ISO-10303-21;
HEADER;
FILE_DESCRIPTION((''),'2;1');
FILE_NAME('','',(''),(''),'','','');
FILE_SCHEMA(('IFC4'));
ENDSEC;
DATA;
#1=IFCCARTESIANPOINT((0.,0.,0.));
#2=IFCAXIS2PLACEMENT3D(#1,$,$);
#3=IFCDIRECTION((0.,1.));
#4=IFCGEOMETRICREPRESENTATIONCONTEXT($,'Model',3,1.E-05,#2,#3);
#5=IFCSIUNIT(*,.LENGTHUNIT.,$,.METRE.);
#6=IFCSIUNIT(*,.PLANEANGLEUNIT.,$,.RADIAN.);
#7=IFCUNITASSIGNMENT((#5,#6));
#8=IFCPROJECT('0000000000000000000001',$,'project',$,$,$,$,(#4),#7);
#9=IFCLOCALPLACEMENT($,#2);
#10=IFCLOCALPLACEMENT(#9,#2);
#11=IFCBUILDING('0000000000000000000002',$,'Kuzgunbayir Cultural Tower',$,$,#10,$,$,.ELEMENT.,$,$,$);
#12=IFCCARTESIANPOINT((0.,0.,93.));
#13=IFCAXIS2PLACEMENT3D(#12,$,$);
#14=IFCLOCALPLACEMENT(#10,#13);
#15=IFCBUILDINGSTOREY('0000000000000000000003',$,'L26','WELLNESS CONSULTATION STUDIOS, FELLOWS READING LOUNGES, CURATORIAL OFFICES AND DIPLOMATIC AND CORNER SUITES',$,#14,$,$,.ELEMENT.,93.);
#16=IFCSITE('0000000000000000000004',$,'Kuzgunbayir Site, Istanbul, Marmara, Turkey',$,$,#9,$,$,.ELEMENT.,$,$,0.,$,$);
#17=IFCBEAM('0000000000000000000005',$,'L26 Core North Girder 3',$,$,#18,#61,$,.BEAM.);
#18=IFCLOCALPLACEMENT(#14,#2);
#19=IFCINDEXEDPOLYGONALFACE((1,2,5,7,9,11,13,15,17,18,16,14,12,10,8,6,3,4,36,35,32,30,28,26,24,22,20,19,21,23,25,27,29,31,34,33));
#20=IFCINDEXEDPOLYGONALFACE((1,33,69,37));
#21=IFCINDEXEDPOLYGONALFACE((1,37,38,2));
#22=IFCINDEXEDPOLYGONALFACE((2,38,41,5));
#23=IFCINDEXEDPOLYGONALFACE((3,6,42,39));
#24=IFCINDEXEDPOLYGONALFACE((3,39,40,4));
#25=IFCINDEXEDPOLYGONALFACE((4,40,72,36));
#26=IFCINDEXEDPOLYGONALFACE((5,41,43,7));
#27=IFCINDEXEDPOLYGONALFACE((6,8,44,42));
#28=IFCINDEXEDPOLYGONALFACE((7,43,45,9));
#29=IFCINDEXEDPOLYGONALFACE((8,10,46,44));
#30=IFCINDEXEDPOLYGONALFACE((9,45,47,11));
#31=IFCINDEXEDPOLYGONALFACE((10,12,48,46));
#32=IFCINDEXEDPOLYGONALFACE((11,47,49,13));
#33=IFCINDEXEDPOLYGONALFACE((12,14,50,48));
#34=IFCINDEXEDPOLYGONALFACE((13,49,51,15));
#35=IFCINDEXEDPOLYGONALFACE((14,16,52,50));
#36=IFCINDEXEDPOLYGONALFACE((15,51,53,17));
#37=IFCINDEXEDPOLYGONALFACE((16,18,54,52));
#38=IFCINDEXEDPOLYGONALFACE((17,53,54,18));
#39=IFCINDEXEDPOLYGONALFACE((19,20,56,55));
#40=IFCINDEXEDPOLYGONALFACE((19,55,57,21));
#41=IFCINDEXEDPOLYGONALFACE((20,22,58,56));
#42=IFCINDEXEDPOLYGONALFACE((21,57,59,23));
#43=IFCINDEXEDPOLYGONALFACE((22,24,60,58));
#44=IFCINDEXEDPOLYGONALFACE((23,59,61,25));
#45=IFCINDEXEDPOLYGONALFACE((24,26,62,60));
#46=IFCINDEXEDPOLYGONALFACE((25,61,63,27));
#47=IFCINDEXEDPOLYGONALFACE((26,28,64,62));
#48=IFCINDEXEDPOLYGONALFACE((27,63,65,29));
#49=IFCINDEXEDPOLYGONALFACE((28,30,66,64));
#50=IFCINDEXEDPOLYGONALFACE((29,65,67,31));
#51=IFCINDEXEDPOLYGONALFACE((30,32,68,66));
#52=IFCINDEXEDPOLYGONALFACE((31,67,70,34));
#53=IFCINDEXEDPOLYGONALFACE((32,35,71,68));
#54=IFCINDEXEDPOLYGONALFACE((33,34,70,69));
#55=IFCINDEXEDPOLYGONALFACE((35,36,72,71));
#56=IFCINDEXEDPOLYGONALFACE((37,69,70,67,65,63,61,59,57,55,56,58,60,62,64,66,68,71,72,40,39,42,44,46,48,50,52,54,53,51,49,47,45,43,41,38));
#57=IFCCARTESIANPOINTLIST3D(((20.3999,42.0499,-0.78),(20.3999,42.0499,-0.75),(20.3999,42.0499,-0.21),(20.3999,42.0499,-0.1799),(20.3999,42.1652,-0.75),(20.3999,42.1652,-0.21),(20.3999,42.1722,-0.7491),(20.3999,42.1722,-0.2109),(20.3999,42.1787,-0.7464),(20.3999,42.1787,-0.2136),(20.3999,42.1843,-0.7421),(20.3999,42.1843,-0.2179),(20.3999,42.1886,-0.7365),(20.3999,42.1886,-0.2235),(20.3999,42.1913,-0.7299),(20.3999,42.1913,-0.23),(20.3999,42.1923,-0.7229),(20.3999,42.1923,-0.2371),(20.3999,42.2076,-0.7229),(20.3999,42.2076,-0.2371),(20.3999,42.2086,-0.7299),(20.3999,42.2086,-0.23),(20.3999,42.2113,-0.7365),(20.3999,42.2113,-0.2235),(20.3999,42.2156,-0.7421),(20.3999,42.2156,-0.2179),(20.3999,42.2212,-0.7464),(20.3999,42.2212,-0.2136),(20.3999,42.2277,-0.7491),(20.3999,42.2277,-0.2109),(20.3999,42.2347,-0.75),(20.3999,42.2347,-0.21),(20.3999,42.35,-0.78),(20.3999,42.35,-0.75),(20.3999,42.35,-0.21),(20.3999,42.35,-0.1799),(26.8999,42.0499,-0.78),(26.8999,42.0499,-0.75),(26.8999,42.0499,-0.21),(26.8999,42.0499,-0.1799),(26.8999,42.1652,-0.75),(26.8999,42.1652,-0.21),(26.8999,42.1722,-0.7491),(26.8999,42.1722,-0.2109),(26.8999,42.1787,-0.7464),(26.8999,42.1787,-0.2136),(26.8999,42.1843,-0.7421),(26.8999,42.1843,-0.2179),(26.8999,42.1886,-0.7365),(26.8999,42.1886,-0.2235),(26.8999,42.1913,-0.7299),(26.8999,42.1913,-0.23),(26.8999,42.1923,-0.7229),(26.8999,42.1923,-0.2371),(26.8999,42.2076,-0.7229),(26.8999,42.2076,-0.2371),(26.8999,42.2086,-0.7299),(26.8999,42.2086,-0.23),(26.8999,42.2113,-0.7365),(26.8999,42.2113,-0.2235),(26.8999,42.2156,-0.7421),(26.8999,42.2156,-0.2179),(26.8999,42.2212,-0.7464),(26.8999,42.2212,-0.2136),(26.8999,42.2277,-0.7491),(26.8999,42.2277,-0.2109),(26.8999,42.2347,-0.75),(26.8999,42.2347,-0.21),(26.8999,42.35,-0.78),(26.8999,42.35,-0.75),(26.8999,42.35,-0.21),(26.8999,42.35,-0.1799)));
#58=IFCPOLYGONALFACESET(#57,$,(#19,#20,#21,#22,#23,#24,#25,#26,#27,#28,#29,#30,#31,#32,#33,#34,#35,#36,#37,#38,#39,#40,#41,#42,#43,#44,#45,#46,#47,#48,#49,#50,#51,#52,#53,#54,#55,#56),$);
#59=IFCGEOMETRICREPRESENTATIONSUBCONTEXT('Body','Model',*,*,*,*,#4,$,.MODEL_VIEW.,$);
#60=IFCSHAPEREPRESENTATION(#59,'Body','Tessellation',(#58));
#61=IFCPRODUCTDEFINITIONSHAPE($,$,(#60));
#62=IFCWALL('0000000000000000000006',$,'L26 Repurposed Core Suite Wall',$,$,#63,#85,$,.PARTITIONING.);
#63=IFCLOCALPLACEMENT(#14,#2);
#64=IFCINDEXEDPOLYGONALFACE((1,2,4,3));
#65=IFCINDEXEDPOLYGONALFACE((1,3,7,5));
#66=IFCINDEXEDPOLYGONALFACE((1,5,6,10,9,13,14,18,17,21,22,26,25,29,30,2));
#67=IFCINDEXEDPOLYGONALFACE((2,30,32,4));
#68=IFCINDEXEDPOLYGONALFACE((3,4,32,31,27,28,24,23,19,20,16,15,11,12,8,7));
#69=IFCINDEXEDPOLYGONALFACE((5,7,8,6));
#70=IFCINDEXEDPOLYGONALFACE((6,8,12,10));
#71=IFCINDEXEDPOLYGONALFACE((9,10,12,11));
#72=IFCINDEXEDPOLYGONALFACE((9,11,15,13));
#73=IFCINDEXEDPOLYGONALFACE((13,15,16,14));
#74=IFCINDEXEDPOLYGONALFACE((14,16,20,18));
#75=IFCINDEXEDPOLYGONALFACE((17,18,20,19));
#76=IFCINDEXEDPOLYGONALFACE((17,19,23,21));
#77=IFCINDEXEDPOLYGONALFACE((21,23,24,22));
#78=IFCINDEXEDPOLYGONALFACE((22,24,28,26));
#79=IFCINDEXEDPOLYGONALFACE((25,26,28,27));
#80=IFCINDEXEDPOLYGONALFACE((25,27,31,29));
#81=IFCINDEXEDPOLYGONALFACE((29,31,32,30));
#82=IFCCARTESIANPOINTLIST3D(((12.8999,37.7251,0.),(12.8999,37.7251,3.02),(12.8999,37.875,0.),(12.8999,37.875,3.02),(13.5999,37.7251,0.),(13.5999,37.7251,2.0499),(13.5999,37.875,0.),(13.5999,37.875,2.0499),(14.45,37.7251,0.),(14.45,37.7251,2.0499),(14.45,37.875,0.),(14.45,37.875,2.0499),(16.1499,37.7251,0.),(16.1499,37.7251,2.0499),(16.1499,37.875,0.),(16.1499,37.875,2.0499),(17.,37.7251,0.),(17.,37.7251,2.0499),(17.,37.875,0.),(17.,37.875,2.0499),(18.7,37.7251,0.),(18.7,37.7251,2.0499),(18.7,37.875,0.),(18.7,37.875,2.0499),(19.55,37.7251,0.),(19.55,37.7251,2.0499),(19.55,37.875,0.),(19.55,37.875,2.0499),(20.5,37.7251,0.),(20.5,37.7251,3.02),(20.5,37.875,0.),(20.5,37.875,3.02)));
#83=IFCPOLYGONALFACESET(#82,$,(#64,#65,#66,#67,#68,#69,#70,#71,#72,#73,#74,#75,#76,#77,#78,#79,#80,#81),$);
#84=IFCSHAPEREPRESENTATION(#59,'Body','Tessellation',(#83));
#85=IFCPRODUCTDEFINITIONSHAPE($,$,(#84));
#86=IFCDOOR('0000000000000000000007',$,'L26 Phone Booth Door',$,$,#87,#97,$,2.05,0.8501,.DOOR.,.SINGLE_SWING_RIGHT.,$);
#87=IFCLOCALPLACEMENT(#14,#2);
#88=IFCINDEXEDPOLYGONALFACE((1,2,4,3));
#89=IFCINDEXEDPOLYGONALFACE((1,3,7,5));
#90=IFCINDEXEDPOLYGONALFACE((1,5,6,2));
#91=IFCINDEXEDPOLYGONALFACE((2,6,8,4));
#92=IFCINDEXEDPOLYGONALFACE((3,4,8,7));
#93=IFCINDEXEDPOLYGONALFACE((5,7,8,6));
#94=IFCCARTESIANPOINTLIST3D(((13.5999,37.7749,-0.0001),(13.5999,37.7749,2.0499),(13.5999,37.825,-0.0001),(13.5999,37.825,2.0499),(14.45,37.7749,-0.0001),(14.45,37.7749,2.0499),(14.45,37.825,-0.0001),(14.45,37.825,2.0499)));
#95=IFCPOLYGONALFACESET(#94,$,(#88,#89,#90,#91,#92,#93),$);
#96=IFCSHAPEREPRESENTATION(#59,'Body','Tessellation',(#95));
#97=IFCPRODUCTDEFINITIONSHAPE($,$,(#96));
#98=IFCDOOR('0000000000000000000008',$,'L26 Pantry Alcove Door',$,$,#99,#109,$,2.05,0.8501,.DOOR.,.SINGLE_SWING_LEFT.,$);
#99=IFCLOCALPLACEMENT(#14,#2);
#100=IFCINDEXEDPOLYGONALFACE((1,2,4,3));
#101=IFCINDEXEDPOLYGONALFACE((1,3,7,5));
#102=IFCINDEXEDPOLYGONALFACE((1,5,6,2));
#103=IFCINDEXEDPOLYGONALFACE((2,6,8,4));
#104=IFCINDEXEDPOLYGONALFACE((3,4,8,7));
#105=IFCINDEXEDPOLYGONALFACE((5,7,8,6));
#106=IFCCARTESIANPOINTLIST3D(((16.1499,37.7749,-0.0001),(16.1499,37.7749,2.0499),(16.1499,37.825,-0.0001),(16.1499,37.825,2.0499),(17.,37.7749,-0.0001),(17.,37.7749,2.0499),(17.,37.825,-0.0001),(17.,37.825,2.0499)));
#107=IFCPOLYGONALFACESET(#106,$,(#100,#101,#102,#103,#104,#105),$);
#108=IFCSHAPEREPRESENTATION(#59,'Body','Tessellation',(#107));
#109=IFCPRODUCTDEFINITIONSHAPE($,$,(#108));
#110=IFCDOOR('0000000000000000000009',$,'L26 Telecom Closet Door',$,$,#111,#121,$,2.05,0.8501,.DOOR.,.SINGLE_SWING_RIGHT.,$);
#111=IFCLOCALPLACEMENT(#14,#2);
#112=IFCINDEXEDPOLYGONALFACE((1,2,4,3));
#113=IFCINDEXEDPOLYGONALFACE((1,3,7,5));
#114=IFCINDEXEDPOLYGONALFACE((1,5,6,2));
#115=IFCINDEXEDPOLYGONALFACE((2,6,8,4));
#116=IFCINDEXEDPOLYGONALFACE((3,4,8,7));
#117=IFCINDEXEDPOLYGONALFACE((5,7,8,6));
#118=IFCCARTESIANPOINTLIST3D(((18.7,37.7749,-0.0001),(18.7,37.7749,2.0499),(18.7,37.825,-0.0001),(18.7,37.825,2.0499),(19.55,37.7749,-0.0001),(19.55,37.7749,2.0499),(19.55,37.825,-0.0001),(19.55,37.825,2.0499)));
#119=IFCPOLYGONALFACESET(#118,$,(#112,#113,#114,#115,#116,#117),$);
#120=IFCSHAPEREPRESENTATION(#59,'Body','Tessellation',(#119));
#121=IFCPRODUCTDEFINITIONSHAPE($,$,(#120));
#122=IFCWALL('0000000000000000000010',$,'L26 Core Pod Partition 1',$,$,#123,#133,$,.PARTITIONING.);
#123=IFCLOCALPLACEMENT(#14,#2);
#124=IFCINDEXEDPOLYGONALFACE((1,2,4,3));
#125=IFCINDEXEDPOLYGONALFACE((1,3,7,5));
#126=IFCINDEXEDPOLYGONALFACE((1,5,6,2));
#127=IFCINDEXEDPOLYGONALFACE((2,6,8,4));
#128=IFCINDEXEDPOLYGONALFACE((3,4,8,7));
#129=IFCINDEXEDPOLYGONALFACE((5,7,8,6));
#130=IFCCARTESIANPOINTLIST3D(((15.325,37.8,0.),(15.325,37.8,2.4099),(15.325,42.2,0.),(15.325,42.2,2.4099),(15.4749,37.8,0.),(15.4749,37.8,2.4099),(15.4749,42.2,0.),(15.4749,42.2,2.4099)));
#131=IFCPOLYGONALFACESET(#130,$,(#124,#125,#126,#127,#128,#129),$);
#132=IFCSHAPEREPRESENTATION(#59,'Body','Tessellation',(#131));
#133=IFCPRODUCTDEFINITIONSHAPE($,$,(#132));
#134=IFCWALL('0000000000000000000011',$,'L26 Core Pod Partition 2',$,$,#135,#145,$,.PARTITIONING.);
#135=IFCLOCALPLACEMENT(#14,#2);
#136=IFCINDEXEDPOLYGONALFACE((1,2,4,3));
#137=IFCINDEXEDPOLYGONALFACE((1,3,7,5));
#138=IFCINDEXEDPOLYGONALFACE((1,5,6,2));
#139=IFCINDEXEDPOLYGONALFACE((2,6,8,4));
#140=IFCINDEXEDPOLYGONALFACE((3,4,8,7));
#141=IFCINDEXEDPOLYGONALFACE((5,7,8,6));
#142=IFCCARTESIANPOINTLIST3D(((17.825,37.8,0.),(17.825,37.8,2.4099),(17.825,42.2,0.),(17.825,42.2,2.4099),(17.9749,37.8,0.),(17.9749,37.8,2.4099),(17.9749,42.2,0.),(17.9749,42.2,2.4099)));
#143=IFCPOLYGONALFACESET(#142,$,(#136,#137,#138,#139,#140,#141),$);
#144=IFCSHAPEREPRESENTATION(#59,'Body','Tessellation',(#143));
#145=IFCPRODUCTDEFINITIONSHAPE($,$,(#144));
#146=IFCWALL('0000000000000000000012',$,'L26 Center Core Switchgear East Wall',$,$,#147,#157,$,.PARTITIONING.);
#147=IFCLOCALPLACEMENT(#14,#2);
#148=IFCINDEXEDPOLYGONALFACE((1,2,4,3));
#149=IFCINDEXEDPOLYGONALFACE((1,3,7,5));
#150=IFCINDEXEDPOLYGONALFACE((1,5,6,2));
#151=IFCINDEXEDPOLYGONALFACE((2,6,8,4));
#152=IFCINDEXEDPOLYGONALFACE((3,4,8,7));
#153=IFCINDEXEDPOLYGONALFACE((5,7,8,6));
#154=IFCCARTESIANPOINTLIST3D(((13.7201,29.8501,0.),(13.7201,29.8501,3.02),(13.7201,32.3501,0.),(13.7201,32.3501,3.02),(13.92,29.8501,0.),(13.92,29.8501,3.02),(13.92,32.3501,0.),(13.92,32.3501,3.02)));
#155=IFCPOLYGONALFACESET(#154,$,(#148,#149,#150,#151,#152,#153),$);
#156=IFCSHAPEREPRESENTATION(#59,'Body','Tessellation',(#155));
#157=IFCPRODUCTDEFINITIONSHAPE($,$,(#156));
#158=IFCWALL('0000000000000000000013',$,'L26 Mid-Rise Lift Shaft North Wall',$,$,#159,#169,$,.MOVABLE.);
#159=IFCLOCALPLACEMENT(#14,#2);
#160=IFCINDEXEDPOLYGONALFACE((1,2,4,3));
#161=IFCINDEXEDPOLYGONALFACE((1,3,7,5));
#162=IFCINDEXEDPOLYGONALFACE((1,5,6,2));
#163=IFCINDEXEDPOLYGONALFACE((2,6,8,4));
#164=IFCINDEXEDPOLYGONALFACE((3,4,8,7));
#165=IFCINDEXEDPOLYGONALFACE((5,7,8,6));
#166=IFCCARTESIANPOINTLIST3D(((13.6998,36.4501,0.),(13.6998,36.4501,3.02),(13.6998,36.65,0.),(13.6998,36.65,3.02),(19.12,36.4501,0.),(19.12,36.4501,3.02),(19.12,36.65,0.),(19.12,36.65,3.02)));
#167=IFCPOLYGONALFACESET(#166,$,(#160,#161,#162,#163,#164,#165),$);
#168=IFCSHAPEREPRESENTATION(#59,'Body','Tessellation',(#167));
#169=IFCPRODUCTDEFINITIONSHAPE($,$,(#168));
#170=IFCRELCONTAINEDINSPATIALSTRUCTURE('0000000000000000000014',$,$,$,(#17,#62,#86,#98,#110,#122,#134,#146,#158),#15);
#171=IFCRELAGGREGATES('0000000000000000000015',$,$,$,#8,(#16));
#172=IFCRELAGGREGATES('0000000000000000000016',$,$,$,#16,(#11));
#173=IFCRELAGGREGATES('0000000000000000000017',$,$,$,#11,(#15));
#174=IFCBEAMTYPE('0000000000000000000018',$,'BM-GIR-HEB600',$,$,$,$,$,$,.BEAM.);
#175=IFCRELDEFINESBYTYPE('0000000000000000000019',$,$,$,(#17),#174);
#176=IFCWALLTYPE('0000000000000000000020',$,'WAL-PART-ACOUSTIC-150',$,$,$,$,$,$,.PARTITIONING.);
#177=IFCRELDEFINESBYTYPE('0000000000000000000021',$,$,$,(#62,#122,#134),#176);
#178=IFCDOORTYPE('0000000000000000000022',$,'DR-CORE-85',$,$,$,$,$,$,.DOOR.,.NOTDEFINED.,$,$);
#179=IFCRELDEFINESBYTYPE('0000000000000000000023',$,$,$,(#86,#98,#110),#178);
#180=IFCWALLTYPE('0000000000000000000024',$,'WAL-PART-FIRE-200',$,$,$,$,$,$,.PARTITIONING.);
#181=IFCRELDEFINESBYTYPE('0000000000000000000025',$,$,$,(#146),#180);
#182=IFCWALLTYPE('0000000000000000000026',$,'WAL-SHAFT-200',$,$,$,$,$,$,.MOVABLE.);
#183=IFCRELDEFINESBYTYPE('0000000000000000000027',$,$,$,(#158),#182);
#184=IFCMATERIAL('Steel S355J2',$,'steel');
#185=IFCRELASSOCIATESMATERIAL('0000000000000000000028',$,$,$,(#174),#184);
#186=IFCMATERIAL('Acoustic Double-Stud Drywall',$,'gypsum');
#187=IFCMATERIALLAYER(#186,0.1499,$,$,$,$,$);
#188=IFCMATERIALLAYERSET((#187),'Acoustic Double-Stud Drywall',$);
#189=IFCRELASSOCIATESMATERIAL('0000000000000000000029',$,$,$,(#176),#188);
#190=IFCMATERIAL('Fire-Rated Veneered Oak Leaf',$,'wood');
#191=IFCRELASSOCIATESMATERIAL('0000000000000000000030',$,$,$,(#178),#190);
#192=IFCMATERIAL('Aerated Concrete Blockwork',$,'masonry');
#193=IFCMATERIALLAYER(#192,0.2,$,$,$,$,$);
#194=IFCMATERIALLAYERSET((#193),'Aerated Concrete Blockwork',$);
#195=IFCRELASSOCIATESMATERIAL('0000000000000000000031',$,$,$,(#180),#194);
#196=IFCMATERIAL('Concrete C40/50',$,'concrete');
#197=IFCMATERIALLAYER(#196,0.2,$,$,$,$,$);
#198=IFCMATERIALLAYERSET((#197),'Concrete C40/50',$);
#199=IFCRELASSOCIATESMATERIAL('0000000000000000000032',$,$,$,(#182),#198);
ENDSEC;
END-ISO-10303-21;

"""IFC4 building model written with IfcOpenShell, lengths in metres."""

from ifc_helpers import new_model, si_unit, direction, frame, frame_2d, origin, origin_2d, place, context, subcontext, project, spatial, rectangle, i_section, extrude, material, layer, layer_set, material_profile, profile_set, type_object, element, fill, save


model = new_model("IFC4")

# Units and contexts
model_context = context("Model", 3, precision=1e-05, world=origin(), true_north=direction((0.0, 1.0)))
body_context = subcontext(model_context, "Body", "Model", "MODEL_VIEW")
ifc_project = project(units=[si_unit("LENGTHUNIT", "METRE"), si_unit("PLANEANGLEUNIT", "RADIAN")], contexts=[model_context])

# Site, building, storey
site_placement = place(None, origin())
site = spatial("IfcSite", under=ifc_project, at=site_placement, Name="Kuzgunbayir Site, Istanbul, Marmara, Turkey", CompositionType="ELEMENT", RefElevation=0.0)
building_placement = place(site_placement, origin())
building = spatial("IfcBuilding", under=site, at=building_placement, Name="Kuzgunbayir Cultural Tower", CompositionType="ELEMENT")
storey_placement = place(building_placement, frame((0.0, 0.0, 93.0)))
storey = spatial("IfcBuildingStorey", under=building, at=storey_placement, Name="L26", Description="WELLNESS CONSULTATION STUDIOS, FELLOWS READING LOUNGES, CURATORIAL OFFICES AND DIPLOMATIC AND CORNER SUITES", CompositionType="ELEMENT", Elevation=93.0)

# Beam
ifc_material_1 = material(Name="Steel S355J2", Category="steel")
ifc_material_profile_1 = material_profile(ifc_material_1, i_section(OverallWidth=0.3, OverallDepth=0.6001, WebThickness=0.0154, FlangeThickness=0.03, FilletRadius=0.0271, at=origin_2d()), Name="HEB 600")
ifc_profile_set_1 = profile_set([ifc_material_profile_1], Name="Steel S355J2")
beam_type = type_object("IfcBeamType", Name="BM-GIR-HEB600", PredefinedType="BEAM", material=ifc_profile_set_1)
beam_1_placement = place(storey_placement, frame((20.3999, 42.2, -0.48), z_axis=(1.0, 0.0, 0.0), x_axis=(0.0, 1.0, 0.0)))
element("IfcBeam", 1, at=beam_1_placement, inside=storey, type_object=beam_type, Name="L26 Core North Girder 3", PredefinedType="BEAM", context=body_context, shape_type="SweptSolid", body=[
    extrude(i_section(OverallWidth=0.3, OverallDepth=0.6001, WebThickness=0.0154, FlangeThickness=0.03, FilletRadius=0.0271, at=origin_2d()), origin(), (0.0, 0.0, 1.0), 6.5),
])

# Wall, openings, doors
ifc_material_2 = material(Name="Acoustic Double-Stud Drywall", Category="gypsum")
ifc_layer_1 = layer(ifc_material_2, 0.1499)
ifc_layer_set_1 = layer_set([ifc_layer_1], Name="Acoustic Double-Stud Drywall")
wall_type_1 = type_object("IfcWallType", Name="WAL-PART-ACOUSTIC-150", PredefinedType="PARTITIONING", material=ifc_layer_set_1)
wall_1_placement = place(storey_placement, frame((12.8999, 37.8, 0.0), z_axis=(0.0, 0.0, 1.0), x_axis=(1.0, 0.0, 0.0)))
wall_1 = element("IfcWall", 2, at=wall_1_placement, inside=storey, type_object=wall_type_1, Name="L26 Repurposed Core Suite Wall", PredefinedType="PARTITIONING", context=body_context, shape_type="SweptSolid", body=[
    extrude(rectangle(XDim=7.6001, YDim=0.1499, at=frame_2d((3.8, 0.0))), origin(), (0.0, 0.0, 1.0), 3.02),
])
opening_1_placement = place(wall_1_placement, frame((0.7, 0.0, 0.0)))
opening_1 = element("IfcOpeningElement", 3, at=opening_1_placement, cuts=wall_1, PredefinedType="OPENING", context=body_context, shape_type="SweptSolid", body=[
    extrude(rectangle(XDim=0.8501, YDim=2.05, at=frame_2d((0.425, 1.0249))), frame((0.0, 0.085, 0.0), z_axis=(0.0, -1.0, 0.0), x_axis=(1.0, 0.0, 0.0)), (0.0, 0.0, 1.0), 0.1699),
])
opening_2_placement = place(wall_1_placement, frame((3.25, 0.0, 0.0)))
opening_2 = element("IfcOpeningElement", 4, at=opening_2_placement, cuts=wall_1, PredefinedType="OPENING", context=body_context, shape_type="SweptSolid", body=[
    extrude(rectangle(XDim=0.8501, YDim=2.05, at=frame_2d((0.425, 1.0249))), frame((0.0, 0.085, 0.0), z_axis=(0.0, -1.0, 0.0), x_axis=(1.0, 0.0, 0.0)), (0.0, 0.0, 1.0), 0.1699),
])
opening_3_placement = place(wall_1_placement, frame((5.8, 0.0, 0.0)))
opening_3 = element("IfcOpeningElement", 5, at=opening_3_placement, cuts=wall_1, PredefinedType="OPENING", context=body_context, shape_type="SweptSolid", body=[
    extrude(rectangle(XDim=0.8501, YDim=2.05, at=frame_2d((0.425, 1.0249))), frame((0.0, 0.085, 0.0), z_axis=(0.0, -1.0, 0.0), x_axis=(1.0, 0.0, 0.0)), (0.0, 0.0, 1.0), 0.1699),
])
ifc_material_3 = material(Name="Fire-Rated Veneered Oak Leaf", Category="wood")
door_type_1 = type_object("IfcDoorType", Name="DR-CORE-85", OperationType="NOTDEFINED", PredefinedType="DOOR", material=ifc_material_3)
door_1_placement = place(opening_1_placement, origin())
door_1 = element("IfcDoor", 6, at=door_1_placement, inside=storey, type_object=door_type_1, Name="L26 Phone Booth Door", OperationType="SINGLE_SWING_RIGHT", OverallHeight=2.05, OverallWidth=0.8501, PredefinedType="DOOR", context=body_context, shape_type="SweptSolid", body=[
    extrude(rectangle(XDim=0.8501, YDim=2.05, at=frame_2d((0.425, 1.0249))), frame((0.0, 0.0249, 0.0), z_axis=(0.0, -1.0, 0.0), x_axis=(1.0, 0.0, 0.0)), (0.0, 0.0, 1.0), 0.05),
])
fill(opening_1, door_1)
door_2_placement = place(opening_2_placement, origin())
door_2 = element("IfcDoor", 7, at=door_2_placement, inside=storey, type_object=door_type_1, Name="L26 Pantry Alcove Door", OperationType="SINGLE_SWING_LEFT", OverallHeight=2.05, OverallWidth=0.8501, PredefinedType="DOOR", context=body_context, shape_type="SweptSolid", body=[
    extrude(rectangle(XDim=0.8501, YDim=2.05, at=frame_2d((0.425, 1.0249))), frame((0.0, 0.0249, 0.0), z_axis=(0.0, -1.0, 0.0), x_axis=(1.0, 0.0, 0.0)), (0.0, 0.0, 1.0), 0.05),
])
fill(opening_2, door_2)
door_3_placement = place(opening_3_placement, origin())
door_3 = element("IfcDoor", 8, at=door_3_placement, inside=storey, type_object=door_type_1, Name="L26 Telecom Closet Door", OperationType="SINGLE_SWING_RIGHT", OverallHeight=2.05, OverallWidth=0.8501, PredefinedType="DOOR", context=body_context, shape_type="SweptSolid", body=[
    extrude(rectangle(XDim=0.8501, YDim=2.05, at=frame_2d((0.425, 1.0249))), frame((0.0, 0.0249, 0.0), z_axis=(0.0, -1.0, 0.0), x_axis=(1.0, 0.0, 0.0)), (0.0, 0.0, 1.0), 0.05),
])
fill(opening_3, door_3)

# Walls
for number, where, z_axis, x_axis, name in (
    (9, (15.3999, 37.8, 0.0), (0.0, 0.0, 1.0), (0.0, 1.0, 0.0), "L26 Core Pod Partition 1"),
    (10, (17.8999, 37.8, 0.0), (0.0, 0.0, 1.0), (0.0, 1.0, 0.0), "L26 Core Pod Partition 2"),
):
    element("IfcWall", number, at=place(storey_placement, frame(where, z_axis=z_axis, x_axis=x_axis)), inside=storey, type_object=wall_type_1, Name=name, PredefinedType="PARTITIONING", context=body_context, shape_type="SweptSolid", body=[
        extrude(rectangle(XDim=4.3999, YDim=0.1499, at=frame_2d((2.2, 0.0))), origin(), (0.0, 0.0, 1.0), 2.4099),
    ])
ifc_material_4 = material(Name="Aerated Concrete Blockwork", Category="masonry")
ifc_layer_2 = layer(ifc_material_4, 0.2)
ifc_layer_set_2 = layer_set([ifc_layer_2], Name="Aerated Concrete Blockwork")
wall_type_2 = type_object("IfcWallType", Name="WAL-PART-FIRE-200", PredefinedType="PARTITIONING", material=ifc_layer_set_2)
wall_2_placement = place(storey_placement, frame((13.8201, 29.8501, 0.0), z_axis=(0.0, 0.0, 1.0), x_axis=(0.0, 1.0, 0.0)))
element("IfcWall", 11, at=wall_2_placement, inside=storey, type_object=wall_type_2, Name="L26 Center Core Switchgear East Wall", PredefinedType="PARTITIONING", context=body_context, shape_type="SweptSolid", body=[
    extrude(rectangle(XDim=2.5, YDim=0.2, at=frame_2d((1.25, 0.0))), origin(), (0.0, 0.0, 1.0), 3.02),
])

# Shared definitions
ifc_material_5 = material(Name="Concrete C40/50", Category="concrete")
ifc_layer_3 = layer(ifc_material_5, 0.2)
ifc_layer_set_3 = layer_set([ifc_layer_3], Name="Concrete C40/50")
wall_type_3 = type_object("IfcWallType", Name="WAL-SHAFT-200", PredefinedType="MOVABLE", material=ifc_layer_set_3)

# Wall
wall_3_placement = place(storey_placement, frame((13.7, 36.55, 0.0), z_axis=(0.0, 0.0, 1.0), x_axis=(1.0, 0.0, 0.0)))
element("IfcWall", 12, at=wall_3_placement, inside=storey, type_object=wall_type_3, Name="L26 Mid-Rise Lift Shaft North Wall", PredefinedType="MOVABLE", context=body_context, shape_type="SweptSolid", body=[
    extrude(rectangle(XDim=5.4202, YDim=0.2, at=frame_2d((2.71, 0.0))), origin(), (0.0, 0.0, 1.0), 3.02),
])

save(model, "model.ifc")
